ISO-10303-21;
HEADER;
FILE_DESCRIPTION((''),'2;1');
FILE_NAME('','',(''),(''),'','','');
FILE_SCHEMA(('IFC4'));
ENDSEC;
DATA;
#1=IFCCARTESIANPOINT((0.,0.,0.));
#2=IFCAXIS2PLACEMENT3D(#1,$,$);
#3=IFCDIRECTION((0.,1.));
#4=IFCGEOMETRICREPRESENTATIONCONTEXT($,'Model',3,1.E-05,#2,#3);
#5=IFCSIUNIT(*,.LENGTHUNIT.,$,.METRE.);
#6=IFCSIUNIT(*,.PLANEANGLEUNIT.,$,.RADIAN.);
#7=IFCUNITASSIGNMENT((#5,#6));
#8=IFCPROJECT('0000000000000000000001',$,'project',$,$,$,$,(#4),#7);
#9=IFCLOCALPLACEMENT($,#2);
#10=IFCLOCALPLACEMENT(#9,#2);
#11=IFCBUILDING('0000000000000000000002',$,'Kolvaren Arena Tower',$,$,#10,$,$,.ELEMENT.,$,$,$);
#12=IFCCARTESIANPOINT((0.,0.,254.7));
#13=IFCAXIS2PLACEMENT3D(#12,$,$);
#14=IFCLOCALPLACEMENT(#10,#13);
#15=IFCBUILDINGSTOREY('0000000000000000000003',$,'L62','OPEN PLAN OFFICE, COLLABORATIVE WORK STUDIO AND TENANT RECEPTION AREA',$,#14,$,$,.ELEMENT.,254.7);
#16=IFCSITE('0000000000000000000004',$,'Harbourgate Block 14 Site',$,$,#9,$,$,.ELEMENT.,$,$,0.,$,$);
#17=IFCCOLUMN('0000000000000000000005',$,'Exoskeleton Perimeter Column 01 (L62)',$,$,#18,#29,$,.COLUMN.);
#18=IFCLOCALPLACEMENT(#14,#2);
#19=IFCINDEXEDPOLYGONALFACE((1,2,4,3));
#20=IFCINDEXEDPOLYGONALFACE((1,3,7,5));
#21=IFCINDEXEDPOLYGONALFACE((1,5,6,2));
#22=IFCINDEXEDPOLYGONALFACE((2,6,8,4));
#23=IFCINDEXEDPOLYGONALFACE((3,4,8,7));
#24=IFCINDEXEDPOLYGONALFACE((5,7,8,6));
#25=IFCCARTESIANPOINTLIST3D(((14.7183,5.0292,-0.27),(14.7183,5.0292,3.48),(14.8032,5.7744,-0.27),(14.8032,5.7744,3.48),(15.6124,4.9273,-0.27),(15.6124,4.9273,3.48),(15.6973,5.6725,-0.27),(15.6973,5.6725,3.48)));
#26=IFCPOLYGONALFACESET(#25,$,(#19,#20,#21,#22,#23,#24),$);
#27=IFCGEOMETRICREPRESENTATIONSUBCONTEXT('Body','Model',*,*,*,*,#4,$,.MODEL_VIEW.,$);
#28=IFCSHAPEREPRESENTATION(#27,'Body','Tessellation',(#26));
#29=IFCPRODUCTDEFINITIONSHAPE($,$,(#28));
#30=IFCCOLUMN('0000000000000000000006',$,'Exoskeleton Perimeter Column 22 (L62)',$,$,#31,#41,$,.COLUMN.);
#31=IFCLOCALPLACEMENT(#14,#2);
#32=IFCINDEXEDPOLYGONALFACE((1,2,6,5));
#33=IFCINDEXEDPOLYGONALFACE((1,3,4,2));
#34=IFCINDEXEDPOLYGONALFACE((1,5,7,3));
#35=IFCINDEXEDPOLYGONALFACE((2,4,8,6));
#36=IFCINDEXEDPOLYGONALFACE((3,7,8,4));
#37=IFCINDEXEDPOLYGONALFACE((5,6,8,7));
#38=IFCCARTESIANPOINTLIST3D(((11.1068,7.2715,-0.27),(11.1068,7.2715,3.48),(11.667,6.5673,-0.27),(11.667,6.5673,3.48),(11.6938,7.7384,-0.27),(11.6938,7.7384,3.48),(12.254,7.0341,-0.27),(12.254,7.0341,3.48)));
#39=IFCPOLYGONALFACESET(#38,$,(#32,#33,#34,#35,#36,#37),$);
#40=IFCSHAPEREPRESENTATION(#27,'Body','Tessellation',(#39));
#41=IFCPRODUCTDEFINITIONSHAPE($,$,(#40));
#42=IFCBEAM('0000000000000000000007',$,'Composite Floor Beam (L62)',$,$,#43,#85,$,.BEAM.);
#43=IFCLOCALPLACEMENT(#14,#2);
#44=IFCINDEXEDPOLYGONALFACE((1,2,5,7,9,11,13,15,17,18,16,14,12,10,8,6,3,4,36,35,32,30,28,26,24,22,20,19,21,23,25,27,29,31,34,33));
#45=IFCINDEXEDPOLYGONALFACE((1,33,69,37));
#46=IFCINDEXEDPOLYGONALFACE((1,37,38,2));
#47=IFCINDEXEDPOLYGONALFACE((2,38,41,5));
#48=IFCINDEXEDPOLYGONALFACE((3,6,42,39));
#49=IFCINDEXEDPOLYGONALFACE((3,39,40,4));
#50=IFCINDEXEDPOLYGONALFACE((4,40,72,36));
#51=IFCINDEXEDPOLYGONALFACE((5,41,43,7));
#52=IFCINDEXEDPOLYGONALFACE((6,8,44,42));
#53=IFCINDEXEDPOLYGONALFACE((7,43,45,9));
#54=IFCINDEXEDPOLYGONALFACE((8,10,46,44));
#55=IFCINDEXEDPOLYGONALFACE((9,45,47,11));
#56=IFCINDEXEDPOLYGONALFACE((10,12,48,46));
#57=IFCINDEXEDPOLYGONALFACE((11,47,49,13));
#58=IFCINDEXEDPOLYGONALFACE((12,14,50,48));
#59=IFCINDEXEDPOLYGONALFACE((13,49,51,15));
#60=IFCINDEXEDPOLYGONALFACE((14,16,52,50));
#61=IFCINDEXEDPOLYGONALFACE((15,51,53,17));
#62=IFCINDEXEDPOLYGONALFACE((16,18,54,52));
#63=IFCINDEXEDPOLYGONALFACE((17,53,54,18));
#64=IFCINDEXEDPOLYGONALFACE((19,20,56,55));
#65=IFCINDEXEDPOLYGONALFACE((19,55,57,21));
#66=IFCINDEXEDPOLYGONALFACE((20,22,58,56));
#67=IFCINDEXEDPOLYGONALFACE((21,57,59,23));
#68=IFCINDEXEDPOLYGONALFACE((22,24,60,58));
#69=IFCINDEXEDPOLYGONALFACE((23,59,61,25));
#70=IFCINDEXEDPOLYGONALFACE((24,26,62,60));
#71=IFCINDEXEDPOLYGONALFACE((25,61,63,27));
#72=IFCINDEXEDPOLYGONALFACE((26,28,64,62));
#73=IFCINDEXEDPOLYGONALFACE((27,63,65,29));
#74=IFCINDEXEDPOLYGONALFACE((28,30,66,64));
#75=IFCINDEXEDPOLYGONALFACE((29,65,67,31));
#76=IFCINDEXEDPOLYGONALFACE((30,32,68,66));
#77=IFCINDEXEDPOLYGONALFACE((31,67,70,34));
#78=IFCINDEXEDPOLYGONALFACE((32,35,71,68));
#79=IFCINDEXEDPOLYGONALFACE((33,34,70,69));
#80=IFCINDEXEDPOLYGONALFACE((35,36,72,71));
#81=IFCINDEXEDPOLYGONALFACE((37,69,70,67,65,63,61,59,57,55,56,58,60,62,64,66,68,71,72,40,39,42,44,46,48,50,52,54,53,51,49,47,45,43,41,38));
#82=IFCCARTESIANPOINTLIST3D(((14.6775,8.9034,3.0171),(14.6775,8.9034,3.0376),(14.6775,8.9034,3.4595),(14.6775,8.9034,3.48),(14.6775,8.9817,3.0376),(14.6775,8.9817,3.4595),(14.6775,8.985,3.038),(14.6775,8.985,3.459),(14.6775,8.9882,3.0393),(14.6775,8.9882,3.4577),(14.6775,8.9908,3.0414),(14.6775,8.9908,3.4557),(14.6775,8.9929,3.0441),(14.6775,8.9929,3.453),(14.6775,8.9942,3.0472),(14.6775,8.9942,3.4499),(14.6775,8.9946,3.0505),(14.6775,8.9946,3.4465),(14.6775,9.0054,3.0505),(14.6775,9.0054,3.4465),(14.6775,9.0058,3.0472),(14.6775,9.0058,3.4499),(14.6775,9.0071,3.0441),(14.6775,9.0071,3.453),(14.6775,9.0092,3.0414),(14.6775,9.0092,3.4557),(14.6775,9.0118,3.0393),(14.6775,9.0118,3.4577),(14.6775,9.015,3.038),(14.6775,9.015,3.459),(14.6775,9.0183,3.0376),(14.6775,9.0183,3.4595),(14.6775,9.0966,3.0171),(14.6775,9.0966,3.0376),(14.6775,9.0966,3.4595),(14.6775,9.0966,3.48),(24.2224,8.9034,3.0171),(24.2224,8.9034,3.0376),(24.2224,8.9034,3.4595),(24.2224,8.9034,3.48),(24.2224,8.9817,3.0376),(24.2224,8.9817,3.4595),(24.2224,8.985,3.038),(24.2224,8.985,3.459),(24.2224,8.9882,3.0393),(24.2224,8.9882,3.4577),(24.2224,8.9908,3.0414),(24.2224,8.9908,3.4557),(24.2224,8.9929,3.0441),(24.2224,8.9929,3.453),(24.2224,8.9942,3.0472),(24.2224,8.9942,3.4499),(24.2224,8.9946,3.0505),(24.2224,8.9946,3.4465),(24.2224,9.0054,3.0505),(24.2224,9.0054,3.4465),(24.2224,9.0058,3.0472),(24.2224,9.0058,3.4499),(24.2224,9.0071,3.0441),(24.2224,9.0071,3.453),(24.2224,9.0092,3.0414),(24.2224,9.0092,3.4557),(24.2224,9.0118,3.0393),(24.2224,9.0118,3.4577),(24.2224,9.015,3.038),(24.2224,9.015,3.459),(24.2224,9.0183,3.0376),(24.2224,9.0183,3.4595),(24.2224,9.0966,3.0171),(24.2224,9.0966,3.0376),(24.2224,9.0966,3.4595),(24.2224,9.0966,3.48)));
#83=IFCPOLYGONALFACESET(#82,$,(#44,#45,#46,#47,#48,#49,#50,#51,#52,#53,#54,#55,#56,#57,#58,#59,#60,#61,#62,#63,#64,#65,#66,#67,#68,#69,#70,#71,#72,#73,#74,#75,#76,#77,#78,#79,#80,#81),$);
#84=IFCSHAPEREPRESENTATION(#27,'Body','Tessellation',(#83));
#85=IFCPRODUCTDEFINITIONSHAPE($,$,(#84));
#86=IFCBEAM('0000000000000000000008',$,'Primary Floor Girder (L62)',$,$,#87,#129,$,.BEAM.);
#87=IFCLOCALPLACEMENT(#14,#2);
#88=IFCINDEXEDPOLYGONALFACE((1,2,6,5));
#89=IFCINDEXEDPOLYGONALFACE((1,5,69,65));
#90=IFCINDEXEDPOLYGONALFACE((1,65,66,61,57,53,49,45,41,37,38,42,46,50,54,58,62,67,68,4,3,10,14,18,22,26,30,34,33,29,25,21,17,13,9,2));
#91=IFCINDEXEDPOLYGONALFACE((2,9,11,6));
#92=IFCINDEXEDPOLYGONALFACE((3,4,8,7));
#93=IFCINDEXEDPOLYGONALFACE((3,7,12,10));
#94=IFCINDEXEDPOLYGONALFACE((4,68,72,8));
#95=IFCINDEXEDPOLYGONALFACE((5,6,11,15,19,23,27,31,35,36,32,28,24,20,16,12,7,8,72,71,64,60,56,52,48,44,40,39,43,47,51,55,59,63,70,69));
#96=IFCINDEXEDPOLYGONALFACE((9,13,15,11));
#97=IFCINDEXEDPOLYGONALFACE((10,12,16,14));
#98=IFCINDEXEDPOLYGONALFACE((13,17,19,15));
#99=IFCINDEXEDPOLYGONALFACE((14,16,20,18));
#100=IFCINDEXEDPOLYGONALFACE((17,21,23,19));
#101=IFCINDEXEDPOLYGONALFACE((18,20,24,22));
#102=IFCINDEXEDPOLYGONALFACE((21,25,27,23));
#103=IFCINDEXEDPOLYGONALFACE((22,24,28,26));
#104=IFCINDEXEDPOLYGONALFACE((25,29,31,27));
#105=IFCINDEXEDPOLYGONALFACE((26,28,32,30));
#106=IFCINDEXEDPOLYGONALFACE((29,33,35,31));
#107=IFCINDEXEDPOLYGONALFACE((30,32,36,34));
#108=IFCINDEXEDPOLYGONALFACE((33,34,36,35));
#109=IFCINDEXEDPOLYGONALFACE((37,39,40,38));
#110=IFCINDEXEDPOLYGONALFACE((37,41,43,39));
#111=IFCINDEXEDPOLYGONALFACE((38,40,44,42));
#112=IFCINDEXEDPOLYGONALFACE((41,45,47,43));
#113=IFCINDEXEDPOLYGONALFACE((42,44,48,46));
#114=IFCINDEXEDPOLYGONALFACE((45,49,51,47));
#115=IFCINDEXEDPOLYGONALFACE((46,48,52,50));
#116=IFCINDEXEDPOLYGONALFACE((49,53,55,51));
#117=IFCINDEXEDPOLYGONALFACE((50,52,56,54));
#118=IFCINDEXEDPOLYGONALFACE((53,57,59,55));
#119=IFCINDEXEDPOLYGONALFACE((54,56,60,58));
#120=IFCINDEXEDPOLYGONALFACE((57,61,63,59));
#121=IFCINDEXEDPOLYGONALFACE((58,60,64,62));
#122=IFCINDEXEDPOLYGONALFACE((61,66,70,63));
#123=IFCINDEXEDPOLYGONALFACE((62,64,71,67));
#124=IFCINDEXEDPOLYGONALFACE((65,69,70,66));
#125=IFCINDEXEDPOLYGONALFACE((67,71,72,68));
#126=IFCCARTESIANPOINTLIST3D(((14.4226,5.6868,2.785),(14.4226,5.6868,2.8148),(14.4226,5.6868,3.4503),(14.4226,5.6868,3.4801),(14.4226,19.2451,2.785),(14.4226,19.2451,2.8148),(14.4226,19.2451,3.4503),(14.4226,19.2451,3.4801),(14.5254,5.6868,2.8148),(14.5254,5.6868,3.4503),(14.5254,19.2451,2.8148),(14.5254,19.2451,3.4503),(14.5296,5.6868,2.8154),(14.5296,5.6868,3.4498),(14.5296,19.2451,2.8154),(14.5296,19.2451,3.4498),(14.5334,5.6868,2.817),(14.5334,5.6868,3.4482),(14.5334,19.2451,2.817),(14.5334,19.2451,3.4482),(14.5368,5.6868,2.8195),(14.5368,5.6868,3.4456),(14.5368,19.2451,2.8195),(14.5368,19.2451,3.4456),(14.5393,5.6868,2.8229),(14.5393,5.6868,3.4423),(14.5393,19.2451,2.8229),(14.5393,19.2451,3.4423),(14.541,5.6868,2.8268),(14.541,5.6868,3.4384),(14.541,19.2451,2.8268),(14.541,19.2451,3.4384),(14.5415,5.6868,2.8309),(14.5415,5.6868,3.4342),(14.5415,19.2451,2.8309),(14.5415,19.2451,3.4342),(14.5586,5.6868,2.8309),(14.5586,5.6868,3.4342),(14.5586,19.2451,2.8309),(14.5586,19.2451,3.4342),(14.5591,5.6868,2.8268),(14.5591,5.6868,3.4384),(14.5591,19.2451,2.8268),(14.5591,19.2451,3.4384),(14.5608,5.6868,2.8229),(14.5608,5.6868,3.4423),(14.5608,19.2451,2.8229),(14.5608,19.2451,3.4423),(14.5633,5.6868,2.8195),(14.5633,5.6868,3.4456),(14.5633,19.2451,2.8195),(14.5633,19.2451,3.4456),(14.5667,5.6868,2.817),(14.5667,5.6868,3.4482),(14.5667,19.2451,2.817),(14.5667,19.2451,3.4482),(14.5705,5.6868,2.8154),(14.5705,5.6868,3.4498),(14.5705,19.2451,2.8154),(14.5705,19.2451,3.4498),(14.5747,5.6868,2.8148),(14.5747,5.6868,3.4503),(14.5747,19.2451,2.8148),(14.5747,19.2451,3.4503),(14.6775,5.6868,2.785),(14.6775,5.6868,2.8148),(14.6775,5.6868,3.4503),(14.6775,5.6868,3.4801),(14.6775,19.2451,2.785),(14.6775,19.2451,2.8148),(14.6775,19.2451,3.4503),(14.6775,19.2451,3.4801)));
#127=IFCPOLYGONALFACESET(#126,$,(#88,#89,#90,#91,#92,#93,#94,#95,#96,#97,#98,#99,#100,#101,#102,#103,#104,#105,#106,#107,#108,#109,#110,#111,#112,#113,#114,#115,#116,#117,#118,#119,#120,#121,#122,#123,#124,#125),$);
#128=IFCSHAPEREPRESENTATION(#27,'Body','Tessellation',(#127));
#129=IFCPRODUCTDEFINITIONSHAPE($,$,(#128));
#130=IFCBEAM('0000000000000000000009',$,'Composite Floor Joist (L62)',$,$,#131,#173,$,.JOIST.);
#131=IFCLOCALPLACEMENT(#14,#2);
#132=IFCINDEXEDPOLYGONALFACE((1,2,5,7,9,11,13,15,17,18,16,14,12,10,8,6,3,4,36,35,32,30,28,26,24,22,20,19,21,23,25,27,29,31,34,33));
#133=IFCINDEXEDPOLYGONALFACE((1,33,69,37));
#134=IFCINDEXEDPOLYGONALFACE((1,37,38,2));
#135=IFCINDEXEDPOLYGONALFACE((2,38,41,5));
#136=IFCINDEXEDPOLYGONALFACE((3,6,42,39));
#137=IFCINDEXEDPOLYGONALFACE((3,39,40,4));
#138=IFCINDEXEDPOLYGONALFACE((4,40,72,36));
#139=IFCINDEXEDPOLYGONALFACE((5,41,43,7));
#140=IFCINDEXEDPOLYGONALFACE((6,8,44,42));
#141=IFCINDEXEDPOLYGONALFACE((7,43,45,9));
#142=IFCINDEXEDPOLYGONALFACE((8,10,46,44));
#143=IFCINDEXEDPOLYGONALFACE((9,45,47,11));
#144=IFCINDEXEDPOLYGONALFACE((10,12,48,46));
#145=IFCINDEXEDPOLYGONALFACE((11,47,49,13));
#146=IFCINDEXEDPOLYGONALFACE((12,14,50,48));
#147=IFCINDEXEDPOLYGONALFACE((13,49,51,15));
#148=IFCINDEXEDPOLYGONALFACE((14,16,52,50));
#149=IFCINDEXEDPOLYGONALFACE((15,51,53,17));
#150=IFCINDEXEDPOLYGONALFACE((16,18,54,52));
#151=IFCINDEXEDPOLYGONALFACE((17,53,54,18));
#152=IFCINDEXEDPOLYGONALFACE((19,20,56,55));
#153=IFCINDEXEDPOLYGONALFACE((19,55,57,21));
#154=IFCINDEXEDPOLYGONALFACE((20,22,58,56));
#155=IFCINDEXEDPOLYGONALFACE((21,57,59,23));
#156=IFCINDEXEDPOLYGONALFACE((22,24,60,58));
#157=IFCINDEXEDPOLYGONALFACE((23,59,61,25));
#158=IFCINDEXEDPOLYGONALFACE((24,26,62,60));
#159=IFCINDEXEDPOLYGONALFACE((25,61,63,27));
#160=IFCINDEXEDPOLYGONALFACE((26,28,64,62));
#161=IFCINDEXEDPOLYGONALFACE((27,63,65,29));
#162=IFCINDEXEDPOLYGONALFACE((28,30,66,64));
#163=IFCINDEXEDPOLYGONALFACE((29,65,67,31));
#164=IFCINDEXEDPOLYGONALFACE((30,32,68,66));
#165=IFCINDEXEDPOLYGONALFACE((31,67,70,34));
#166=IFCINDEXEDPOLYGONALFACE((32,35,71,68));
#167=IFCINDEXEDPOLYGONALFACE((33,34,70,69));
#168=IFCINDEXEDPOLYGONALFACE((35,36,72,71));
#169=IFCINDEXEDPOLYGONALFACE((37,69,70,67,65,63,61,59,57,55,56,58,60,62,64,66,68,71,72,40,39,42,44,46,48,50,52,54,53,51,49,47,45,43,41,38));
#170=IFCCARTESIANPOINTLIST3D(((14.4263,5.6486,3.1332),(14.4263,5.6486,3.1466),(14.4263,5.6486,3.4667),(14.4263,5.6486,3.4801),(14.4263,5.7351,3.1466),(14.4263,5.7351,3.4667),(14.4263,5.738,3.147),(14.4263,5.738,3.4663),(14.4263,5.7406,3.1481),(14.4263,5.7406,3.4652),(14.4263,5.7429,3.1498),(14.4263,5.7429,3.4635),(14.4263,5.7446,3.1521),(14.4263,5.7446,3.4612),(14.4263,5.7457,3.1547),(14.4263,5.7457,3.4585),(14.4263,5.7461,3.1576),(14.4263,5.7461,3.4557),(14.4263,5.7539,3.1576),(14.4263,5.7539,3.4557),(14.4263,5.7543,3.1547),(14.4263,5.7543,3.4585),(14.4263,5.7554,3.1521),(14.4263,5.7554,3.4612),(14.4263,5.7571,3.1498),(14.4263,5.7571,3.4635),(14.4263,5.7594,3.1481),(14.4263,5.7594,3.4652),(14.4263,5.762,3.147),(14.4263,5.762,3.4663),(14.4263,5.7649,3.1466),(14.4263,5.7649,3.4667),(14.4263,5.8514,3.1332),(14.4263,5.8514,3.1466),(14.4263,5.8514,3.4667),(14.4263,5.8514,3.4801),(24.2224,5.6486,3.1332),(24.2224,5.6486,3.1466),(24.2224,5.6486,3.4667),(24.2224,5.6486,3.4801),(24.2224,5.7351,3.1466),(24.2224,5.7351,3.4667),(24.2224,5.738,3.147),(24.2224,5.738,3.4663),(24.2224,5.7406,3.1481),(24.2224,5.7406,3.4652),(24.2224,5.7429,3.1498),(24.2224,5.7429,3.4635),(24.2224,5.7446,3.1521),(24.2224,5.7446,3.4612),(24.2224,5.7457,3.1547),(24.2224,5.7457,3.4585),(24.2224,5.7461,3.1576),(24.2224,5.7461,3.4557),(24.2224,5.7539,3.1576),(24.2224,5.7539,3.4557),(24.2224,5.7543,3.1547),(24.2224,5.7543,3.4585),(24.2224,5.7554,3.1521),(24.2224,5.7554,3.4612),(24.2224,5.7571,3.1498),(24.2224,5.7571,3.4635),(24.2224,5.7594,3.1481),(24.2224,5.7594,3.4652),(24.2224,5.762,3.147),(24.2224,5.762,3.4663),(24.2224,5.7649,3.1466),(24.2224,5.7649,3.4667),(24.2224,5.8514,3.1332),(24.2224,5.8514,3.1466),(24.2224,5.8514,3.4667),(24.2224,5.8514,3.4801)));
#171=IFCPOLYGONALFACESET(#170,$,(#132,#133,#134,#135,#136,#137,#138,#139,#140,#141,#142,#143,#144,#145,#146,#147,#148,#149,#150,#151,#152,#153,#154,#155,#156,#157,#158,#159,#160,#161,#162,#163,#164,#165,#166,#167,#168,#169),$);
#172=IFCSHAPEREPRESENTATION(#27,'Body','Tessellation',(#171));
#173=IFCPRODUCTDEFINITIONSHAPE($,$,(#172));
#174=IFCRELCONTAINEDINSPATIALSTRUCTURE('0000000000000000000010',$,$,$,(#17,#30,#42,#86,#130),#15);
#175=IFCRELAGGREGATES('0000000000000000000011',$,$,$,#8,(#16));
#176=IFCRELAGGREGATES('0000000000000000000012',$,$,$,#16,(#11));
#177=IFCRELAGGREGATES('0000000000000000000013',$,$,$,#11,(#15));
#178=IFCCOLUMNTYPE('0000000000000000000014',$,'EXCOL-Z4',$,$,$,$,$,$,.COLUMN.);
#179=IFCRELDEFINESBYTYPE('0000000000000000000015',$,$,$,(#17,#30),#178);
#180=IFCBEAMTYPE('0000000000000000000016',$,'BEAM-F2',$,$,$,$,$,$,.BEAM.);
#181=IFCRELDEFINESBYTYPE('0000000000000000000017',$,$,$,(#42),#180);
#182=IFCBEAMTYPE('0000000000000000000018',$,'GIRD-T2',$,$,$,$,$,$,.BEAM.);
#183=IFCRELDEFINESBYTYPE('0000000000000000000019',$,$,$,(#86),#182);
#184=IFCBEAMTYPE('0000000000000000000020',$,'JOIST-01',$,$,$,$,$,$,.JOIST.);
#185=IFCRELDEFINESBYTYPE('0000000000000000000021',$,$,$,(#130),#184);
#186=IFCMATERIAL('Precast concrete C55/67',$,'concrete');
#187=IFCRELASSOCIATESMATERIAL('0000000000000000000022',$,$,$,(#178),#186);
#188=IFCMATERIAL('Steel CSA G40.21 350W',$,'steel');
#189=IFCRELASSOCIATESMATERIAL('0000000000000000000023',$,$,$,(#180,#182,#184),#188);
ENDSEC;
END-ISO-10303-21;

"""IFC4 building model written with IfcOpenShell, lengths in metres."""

from ifc_helpers import new_model, si_unit, direction, frame, origin, origin_2d, place, context, subcontext, project, spatial, rectangle, i_section, extrude, material, material_profile, profile_set, type_object, element, save


model = new_model("IFC4")

# Units and contexts
model_context = context("Model", 3, precision=1e-05, world=origin(), true_north=direction((0.0, 1.0)))
body_context = subcontext(model_context, "Body", "Model", "MODEL_VIEW")
ifc_project = project(units=[si_unit("LENGTHUNIT", "METRE"), si_unit("PLANEANGLEUNIT", "RADIAN")], contexts=[model_context])

# Site, building, storey
site_placement = place(None, origin())
site = spatial("IfcSite", under=ifc_project, at=site_placement, Name="Harbourgate Block 14 Site", CompositionType="ELEMENT", RefElevation=0.0)
building_placement = place(site_placement, origin())
building = spatial("IfcBuilding", under=site, at=building_placement, Name="Kolvaren Arena Tower", CompositionType="ELEMENT")
storey_placement = place(building_placement, frame((0.0, 0.0, 254.7)))
storey = spatial("IfcBuildingStorey", under=building, at=storey_placement, Name="L62", Description="OPEN PLAN OFFICE, COLLABORATIVE WORK STUDIO AND TENANT RECEPTION AREA", CompositionType="ELEMENT", Elevation=254.7)

# Columns
ifc_material_1 = material(Name="Precast concrete C55/67", Category="concrete")
ifc_material_profile_1 = material_profile(ifc_material_1, rectangle(XDim=0.8999, YDim=0.75, at=origin_2d()), Name="RC-900x750")
ifc_profile_set_1 = profile_set([ifc_material_profile_1], Name="Precast concrete C55/67")
column_type = type_object("IfcColumnType", Name="EXCOL-Z4", PredefinedType="COLUMN", material=ifc_profile_set_1)
for number, where, z_axis, x_axis, name in (
    (1, (15.2078, 5.3508, -0.27), (0.0, 0.0, 1.0), (0.993572, -0.113203, 0.0), "Exoskeleton Perimeter Column 01 (L62)"),
    (2, (11.6804, 7.1528, -0.27), (0.0, 0.0, 1.0), (-0.622515, 0.782608, 0.0), "Exoskeleton Perimeter Column 22 (L62)"),
):
    element("IfcColumn", number, at=place(storey_placement, frame(where, z_axis=z_axis, x_axis=x_axis)), inside=storey, type_object=column_type, Name=name, PredefinedType="COLUMN", context=body_context, shape_type="SweptSolid", body=[
        extrude(rectangle(XDim=0.8999, YDim=0.75, at=origin_2d()), origin(), (0.0, 0.0, 1.0), 3.75),
    ])

# Beams
ifc_material_2 = material(Name="Steel CSA G40.21 350W", Category="steel")
ifc_material_profile_2 = material_profile(ifc_material_2, i_section(OverallWidth=0.1931, OverallDepth=0.4629, WebThickness=0.0107, FlangeThickness=0.0205, FilletRadius=0.0129, at=origin_2d()), Name="W460x113")
ifc_profile_set_2 = profile_set([ifc_material_profile_2], Name="Steel CSA G40.21 350W")
beam_type_1 = type_object("IfcBeamType", Name="BEAM-F2", PredefinedType="BEAM", material=ifc_profile_set_2)
beam_1_placement = place(storey_placement, frame((14.6775, 9.0, 3.2485), z_axis=(1.0, 0.0, 0.0), x_axis=(0.0, 1.0, 0.0)))
element("IfcBeam", 3, at=beam_1_placement, inside=storey, type_object=beam_type_1, Name="Composite Floor Beam (L62)", PredefinedType="BEAM", context=body_context, shape_type="SweptSolid", body=[
    extrude(i_section(OverallWidth=0.1931, OverallDepth=0.4629, WebThickness=0.0107, FlangeThickness=0.0205, FilletRadius=0.0129, at=origin_2d()), origin(), (0.0, 0.0, 1.0), 9.5449),
])
ifc_material_profile_3 = material_profile(ifc_material_2, i_section(OverallWidth=0.2549, OverallDepth=0.6951, WebThickness=0.0171, FlangeThickness=0.0298, FilletRadius=0.0161, at=origin_2d()), Name="W690x217")
ifc_profile_set_3 = profile_set([ifc_material_profile_3], Name="Steel CSA G40.21 350W")
beam_type_2 = type_object("IfcBeamType", Name="GIRD-T2", PredefinedType="BEAM", material=ifc_profile_set_3)
beam_2_placement = place(storey_placement, frame((14.55, 5.6868, 3.1326), z_axis=(0.0, 1.0, 0.0), x_axis=(-1.0, 0.0, 0.0)))
element("IfcBeam", 4, at=beam_2_placement, inside=storey, type_object=beam_type_2, Name="Primary Floor Girder (L62)", PredefinedType="BEAM", context=body_context, shape_type="SweptSolid", body=[
    extrude(i_section(OverallWidth=0.2549, OverallDepth=0.6951, WebThickness=0.0171, FlangeThickness=0.0298, FilletRadius=0.0161, at=origin_2d()), origin(), (0.0, 0.0, 1.0), 13.5583),
])
ifc_material_profile_4 = material_profile(ifc_material_2, i_section(OverallWidth=0.2029, OverallDepth=0.3469, WebThickness=0.0078, FlangeThickness=0.0134, FilletRadius=0.011, at=origin_2d()), Name="W360x64")
ifc_profile_set_4 = profile_set([ifc_material_profile_4], Name="Steel CSA G40.21 350W")
beam_type_3 = type_object("IfcBeamType", Name="JOIST-01", PredefinedType="JOIST", material=ifc_profile_set_4)
beam_3_placement = place(storey_placement, frame((14.4263, 5.75, 3.3066), z_axis=(1.0, 0.0, 0.0), x_axis=(0.0, 1.0, 0.0)))
element("IfcBeam", 5, at=beam_3_placement, inside=storey, type_object=beam_type_3, Name="Composite Floor Joist (L62)", PredefinedType="JOIST", context=body_context, shape_type="SweptSolid", body=[
    extrude(i_section(OverallWidth=0.2029, OverallDepth=0.3469, WebThickness=0.0078, FlangeThickness=0.0134, FilletRadius=0.011, at=origin_2d()), origin(), (0.0, 0.0, 1.0), 9.7961),
])

save(model, "model.ifc")
